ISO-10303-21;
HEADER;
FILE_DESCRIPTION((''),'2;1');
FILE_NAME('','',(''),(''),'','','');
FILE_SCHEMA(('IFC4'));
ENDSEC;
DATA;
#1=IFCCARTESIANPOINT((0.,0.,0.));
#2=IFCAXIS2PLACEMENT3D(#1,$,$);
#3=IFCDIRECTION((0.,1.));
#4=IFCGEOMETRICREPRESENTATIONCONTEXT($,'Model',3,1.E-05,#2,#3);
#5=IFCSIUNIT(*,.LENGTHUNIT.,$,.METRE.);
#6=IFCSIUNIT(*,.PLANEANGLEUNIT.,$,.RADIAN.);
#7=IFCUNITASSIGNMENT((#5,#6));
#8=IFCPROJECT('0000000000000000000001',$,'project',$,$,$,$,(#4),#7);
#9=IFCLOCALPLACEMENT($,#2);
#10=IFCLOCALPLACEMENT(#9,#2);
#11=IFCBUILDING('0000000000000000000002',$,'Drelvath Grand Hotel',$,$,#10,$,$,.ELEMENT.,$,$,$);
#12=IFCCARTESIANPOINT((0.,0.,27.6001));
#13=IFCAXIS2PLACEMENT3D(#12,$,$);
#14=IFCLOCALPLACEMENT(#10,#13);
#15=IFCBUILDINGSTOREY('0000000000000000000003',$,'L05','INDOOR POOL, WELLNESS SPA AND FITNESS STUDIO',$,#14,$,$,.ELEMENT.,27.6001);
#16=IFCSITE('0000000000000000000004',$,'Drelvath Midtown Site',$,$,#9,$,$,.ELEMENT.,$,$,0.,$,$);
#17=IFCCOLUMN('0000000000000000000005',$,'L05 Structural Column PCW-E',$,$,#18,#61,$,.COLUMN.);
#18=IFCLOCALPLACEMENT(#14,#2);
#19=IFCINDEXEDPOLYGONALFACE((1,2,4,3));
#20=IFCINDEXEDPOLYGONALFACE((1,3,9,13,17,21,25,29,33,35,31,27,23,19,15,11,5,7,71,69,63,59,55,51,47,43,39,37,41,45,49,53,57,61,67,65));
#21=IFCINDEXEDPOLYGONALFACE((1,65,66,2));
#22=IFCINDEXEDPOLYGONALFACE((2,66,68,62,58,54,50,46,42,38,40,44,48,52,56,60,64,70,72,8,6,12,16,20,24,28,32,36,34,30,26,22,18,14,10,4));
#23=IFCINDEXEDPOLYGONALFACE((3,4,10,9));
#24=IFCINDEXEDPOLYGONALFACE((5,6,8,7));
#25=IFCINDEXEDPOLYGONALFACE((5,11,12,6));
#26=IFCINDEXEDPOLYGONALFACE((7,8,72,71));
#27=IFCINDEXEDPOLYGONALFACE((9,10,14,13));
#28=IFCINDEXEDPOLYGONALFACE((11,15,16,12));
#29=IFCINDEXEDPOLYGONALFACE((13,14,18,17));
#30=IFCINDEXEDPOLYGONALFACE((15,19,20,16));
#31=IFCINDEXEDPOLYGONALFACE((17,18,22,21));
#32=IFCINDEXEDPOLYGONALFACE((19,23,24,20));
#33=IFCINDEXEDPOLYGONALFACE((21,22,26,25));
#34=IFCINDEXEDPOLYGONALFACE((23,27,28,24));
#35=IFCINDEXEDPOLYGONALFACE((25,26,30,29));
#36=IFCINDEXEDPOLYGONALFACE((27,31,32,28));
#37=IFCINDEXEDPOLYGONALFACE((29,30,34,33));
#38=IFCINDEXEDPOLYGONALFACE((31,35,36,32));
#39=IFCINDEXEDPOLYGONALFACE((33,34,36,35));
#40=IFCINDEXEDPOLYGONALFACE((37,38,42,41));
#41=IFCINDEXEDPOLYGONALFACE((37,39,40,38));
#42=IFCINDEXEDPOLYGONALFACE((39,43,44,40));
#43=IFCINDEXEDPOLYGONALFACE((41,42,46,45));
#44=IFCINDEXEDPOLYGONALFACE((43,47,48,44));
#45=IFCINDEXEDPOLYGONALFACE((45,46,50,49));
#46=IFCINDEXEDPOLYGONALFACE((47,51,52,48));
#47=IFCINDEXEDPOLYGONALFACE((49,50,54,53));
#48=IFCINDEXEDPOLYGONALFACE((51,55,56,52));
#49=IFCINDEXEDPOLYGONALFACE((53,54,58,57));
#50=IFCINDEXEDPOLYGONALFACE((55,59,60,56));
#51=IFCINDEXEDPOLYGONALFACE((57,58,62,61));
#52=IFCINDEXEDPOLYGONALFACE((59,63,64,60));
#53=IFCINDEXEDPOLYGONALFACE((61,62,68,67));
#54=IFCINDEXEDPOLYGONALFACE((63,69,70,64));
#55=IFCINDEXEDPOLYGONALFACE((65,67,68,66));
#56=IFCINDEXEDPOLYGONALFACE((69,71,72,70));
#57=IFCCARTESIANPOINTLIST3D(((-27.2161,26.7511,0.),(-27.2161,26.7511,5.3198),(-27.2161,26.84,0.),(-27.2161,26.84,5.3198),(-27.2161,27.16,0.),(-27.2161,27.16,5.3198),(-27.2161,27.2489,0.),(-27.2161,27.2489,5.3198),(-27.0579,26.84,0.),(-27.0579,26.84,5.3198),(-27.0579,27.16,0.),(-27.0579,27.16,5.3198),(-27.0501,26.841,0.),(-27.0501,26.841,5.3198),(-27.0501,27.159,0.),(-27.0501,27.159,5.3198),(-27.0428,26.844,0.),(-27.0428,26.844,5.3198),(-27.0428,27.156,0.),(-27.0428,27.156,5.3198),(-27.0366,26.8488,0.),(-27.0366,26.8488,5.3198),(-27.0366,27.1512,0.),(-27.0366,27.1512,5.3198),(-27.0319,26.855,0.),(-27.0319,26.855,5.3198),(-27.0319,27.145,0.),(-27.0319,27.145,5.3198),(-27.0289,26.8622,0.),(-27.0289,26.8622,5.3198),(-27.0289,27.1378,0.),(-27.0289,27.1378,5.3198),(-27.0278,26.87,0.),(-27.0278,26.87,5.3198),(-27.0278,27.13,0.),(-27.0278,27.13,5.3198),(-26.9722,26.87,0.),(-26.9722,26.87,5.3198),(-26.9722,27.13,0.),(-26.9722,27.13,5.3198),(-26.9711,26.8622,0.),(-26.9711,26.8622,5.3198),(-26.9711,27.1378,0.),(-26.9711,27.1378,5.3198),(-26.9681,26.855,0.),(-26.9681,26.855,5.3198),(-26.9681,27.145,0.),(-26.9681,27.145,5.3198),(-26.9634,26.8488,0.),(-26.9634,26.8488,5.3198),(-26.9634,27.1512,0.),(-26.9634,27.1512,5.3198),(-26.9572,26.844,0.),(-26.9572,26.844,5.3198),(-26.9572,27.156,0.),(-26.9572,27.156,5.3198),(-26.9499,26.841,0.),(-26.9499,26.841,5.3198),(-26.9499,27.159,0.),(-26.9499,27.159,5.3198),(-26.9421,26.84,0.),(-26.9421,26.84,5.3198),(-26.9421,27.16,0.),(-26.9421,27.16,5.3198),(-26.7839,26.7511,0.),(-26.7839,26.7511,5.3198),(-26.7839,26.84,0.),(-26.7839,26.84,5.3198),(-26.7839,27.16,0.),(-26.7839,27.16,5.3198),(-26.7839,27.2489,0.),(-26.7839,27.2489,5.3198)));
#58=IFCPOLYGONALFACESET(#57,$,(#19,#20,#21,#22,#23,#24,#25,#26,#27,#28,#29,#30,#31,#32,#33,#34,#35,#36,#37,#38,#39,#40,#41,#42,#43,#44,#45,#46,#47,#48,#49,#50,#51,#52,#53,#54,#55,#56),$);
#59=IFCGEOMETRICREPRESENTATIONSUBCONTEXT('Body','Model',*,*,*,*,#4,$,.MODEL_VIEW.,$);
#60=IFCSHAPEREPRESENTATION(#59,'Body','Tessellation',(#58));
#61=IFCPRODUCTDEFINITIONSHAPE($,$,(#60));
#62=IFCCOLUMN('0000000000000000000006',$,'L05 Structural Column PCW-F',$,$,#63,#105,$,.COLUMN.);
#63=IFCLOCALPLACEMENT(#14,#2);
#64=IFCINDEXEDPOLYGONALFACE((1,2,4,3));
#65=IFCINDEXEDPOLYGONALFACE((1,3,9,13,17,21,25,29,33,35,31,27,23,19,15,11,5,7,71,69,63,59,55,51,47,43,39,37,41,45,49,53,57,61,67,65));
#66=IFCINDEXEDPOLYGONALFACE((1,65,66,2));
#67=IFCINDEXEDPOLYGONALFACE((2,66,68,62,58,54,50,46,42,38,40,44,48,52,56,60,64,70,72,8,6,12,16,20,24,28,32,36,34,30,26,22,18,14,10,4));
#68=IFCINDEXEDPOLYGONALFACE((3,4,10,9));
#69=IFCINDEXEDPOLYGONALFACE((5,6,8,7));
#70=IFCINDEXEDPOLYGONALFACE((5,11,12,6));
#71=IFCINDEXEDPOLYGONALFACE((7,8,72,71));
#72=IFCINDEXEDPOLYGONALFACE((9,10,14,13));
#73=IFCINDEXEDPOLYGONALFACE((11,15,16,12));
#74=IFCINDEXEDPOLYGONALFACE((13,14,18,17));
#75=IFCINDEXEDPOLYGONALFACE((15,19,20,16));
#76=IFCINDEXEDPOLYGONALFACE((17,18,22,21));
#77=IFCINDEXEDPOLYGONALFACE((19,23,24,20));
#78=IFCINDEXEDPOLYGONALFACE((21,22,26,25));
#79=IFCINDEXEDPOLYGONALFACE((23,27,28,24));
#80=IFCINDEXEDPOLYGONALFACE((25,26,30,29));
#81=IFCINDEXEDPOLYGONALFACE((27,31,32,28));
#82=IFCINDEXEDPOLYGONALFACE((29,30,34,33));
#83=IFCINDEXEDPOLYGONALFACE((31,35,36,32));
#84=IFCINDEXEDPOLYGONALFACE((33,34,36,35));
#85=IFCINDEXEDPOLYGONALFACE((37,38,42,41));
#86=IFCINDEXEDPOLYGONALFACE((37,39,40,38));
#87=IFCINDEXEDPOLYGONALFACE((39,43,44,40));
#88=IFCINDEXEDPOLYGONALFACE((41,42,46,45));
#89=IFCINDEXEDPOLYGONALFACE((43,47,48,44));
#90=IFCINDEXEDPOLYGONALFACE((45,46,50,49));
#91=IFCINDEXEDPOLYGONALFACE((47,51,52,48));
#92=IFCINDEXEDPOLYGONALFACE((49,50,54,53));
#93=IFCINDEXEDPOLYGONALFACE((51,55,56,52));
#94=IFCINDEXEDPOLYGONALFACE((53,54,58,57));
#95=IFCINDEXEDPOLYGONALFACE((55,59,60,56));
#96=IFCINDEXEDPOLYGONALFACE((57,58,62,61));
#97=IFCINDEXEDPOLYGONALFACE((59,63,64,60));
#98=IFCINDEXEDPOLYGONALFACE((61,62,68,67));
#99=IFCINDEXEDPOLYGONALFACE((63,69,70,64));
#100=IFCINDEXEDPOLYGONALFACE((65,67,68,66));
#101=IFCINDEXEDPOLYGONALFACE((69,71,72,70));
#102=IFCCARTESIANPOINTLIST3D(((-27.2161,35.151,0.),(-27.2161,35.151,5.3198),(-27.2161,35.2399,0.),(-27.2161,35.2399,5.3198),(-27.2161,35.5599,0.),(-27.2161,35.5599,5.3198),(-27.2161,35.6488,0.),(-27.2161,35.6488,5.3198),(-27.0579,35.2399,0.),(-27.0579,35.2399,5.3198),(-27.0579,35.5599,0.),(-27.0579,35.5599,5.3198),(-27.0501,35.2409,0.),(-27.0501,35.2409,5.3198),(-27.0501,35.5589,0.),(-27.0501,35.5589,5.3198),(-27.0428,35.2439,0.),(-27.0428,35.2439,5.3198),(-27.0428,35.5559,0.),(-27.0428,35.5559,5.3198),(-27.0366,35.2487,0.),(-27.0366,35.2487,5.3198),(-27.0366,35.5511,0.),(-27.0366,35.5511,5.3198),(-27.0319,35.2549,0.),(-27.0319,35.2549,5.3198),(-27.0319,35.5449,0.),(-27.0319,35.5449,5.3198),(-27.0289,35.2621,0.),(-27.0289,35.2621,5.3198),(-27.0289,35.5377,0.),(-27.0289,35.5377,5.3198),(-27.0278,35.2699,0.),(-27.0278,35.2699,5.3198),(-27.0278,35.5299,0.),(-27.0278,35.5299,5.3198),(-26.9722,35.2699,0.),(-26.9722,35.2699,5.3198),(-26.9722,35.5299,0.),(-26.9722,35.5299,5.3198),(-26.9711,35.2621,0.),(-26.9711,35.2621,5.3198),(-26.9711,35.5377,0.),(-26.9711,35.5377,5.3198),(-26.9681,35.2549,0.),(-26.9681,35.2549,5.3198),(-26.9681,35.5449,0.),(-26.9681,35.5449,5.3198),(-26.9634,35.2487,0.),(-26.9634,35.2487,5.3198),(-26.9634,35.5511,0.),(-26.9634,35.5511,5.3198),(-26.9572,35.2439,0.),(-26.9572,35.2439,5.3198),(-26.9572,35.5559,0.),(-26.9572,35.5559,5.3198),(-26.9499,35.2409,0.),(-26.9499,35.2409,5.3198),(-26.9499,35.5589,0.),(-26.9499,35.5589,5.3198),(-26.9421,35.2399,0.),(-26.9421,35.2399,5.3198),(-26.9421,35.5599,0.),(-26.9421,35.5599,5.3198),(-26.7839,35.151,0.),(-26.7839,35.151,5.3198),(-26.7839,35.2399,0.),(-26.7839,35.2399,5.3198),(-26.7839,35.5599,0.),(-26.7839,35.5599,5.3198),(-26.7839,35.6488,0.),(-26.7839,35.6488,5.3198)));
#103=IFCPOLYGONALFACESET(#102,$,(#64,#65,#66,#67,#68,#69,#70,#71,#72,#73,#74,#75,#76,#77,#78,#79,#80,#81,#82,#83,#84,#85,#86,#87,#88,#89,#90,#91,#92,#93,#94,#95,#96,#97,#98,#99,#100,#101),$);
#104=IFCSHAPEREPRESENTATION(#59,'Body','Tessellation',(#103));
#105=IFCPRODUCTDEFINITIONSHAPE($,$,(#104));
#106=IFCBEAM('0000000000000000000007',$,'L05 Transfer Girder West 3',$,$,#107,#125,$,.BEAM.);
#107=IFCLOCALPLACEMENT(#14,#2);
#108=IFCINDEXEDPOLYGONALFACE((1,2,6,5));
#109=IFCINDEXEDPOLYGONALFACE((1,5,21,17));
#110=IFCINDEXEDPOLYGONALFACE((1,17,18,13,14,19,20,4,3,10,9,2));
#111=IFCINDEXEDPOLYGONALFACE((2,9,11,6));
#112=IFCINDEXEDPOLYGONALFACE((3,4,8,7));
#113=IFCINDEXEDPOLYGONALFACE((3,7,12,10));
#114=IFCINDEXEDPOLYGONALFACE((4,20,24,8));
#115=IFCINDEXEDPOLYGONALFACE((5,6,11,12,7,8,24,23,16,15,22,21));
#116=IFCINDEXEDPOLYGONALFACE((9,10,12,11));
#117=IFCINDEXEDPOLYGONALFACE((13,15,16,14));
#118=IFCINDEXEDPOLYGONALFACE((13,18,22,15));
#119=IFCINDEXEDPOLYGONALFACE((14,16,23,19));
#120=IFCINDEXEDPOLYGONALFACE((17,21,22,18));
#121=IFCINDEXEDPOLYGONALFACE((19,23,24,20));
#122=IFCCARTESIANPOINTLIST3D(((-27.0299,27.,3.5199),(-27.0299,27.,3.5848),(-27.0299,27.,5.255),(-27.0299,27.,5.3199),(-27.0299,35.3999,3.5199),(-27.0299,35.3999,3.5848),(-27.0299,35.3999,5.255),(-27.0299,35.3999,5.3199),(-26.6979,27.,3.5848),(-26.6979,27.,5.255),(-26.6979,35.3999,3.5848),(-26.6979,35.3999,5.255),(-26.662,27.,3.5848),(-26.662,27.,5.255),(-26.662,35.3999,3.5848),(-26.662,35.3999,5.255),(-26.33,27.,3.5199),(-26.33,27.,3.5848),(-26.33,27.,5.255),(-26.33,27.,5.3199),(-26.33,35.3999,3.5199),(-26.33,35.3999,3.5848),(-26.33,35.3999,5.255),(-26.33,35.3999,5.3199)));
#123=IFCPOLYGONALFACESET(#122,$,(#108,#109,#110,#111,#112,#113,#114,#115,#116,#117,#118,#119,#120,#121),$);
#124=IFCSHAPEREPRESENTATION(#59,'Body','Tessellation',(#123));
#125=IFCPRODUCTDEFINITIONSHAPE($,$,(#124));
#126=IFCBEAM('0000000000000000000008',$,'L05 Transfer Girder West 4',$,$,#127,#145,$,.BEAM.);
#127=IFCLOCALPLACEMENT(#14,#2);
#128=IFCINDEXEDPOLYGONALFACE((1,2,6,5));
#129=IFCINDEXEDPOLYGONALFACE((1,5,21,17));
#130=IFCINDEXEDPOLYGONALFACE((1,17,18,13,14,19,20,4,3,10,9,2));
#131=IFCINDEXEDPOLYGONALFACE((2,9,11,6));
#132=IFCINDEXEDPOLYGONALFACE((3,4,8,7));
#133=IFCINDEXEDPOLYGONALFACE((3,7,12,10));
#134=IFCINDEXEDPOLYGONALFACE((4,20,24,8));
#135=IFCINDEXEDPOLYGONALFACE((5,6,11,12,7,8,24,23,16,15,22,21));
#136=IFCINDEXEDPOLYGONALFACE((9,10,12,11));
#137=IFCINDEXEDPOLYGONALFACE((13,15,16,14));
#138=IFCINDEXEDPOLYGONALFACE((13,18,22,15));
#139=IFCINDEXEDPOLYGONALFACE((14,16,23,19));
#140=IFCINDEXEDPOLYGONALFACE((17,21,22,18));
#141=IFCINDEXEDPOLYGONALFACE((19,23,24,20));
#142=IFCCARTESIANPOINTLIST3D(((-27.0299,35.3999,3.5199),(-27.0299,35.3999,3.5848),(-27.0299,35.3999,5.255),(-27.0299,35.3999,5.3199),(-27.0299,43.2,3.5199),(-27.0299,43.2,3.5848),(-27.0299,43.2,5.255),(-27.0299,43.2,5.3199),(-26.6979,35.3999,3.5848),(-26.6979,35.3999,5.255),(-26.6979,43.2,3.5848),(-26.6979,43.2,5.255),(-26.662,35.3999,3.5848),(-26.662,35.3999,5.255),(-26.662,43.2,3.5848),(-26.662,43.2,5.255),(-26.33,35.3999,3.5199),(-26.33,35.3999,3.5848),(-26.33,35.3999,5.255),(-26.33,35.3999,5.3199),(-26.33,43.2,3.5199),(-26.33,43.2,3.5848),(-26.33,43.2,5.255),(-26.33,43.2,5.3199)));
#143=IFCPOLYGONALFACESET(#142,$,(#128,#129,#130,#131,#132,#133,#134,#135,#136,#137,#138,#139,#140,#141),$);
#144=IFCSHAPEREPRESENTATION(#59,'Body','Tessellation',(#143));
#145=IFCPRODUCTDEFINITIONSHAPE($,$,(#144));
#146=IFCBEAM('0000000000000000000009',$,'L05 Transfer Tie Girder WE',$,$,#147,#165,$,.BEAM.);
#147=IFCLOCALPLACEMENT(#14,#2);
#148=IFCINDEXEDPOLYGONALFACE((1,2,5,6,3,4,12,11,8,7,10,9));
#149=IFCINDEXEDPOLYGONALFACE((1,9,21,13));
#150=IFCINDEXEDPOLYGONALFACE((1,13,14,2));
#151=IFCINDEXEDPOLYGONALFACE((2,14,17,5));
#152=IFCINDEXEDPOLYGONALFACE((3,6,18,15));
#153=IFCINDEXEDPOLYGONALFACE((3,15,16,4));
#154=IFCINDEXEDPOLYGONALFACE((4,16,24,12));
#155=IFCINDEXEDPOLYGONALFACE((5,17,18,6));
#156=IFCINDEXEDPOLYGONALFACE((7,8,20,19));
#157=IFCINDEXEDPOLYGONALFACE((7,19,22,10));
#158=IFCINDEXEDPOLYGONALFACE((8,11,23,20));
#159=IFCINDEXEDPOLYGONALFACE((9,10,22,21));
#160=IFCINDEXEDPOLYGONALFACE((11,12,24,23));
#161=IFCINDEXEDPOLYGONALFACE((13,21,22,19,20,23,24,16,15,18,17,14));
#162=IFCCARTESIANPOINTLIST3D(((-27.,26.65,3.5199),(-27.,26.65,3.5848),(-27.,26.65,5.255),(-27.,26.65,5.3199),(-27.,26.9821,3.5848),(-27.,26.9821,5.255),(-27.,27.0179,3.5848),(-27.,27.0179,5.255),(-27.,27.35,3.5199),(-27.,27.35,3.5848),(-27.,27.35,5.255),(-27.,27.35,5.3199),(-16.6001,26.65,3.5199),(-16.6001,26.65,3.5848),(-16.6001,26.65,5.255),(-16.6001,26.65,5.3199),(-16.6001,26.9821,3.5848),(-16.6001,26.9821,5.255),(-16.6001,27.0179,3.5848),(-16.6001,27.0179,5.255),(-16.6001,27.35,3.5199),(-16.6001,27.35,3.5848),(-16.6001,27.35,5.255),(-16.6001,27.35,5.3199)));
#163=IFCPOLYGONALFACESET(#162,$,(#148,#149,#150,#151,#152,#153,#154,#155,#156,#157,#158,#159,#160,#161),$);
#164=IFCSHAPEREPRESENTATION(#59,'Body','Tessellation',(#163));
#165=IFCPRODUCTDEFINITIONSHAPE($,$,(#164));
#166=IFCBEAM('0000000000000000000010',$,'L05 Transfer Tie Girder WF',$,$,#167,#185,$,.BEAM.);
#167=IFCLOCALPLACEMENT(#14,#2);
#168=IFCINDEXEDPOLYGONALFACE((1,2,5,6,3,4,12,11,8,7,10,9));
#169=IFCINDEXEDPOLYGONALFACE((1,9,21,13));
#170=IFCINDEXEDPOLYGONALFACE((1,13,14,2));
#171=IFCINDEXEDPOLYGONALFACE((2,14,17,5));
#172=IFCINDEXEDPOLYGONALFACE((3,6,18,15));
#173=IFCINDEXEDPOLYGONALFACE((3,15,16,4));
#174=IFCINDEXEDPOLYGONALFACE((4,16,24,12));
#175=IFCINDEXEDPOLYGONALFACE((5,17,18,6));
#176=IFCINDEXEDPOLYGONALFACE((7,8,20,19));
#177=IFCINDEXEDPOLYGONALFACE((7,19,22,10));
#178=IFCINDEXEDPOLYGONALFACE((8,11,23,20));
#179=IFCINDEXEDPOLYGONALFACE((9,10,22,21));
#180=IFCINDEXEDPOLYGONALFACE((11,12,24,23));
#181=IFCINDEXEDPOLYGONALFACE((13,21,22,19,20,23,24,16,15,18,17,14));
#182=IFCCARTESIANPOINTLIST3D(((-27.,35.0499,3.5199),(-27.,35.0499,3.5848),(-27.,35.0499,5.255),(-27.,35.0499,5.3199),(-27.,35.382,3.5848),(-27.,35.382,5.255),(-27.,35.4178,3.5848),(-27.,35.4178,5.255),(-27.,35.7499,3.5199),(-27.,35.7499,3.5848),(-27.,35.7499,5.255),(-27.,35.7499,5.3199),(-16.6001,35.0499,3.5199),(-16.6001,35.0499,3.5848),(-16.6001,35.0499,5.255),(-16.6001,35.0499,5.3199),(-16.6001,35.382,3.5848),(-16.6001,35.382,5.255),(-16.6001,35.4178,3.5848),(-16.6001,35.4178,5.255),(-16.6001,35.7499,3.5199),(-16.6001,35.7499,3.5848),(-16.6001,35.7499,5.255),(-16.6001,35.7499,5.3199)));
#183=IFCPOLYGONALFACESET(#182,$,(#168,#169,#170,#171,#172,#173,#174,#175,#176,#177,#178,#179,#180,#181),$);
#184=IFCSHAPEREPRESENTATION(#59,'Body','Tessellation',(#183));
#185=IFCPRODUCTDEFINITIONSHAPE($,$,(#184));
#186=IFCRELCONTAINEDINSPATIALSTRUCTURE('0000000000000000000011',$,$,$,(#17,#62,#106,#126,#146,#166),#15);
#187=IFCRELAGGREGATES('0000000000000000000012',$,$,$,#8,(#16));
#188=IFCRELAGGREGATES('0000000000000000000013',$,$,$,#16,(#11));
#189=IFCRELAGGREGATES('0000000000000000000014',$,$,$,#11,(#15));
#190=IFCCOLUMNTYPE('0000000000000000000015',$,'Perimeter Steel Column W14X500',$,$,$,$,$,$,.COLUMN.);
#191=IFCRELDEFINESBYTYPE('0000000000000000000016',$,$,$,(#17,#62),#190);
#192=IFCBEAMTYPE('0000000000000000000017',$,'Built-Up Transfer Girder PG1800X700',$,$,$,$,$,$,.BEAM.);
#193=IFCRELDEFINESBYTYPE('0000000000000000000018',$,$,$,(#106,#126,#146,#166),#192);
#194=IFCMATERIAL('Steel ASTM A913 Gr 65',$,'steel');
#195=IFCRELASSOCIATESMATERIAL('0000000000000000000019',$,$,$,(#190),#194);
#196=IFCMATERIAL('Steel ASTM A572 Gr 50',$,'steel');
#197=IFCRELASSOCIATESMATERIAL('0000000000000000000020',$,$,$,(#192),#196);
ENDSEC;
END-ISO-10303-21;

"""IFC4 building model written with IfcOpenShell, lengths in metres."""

from ifc_helpers import new_model, si_unit, direction, frame, origin, origin_2d, place, context, subcontext, project, spatial, i_section, extrude, material, material_profile, profile_set, type_object, element, save


model = new_model("IFC4")

# Units and contexts
model_context = context("Model", 3, precision=1e-05, world=origin(), true_north=direction((0.0, 1.0)))
body_context = subcontext(model_context, "Body", "Model", "MODEL_VIEW")
ifc_project = project(units=[si_unit("LENGTHUNIT", "METRE"), si_unit("PLANEANGLEUNIT", "RADIAN")], contexts=[model_context])

# Site, building, storey
site_placement = place(None, origin())
site = spatial("IfcSite", under=ifc_project, at=site_placement, Name="Drelvath Midtown Site", CompositionType="ELEMENT", RefElevation=0.0)
building_placement = place(site_placement, origin())
building = spatial("IfcBuilding", under=site, at=building_placement, Name="Drelvath Grand Hotel", CompositionType="ELEMENT")
storey_placement = place(building_placement, frame((0.0, 0.0, 27.6001)))
storey = spatial("IfcBuildingStorey", under=building, at=storey_placement, Name="L05", Description="INDOOR POOL, WELLNESS SPA AND FITNESS STUDIO", CompositionType="ELEMENT", Elevation=27.6001)

# Columns
ifc_material_1 = material(Name="Steel ASTM A913 Gr 65", Category="steel")
ifc_material_profile_1 = material_profile(ifc_material_1, i_section(OverallWidth=0.4321, OverallDepth=0.4978, WebThickness=0.0557, FlangeThickness=0.0889, FilletRadius=0.03, at=origin_2d()), Name="W14X500")
ifc_profile_set_1 = profile_set([ifc_material_profile_1], Name="Steel ASTM A913 Gr 65")
column_type = type_object("IfcColumnType", Name="Perimeter Steel Column W14X500", PredefinedType="COLUMN", material=ifc_profile_set_1)
for number, where, z_axis, x_axis, name in (
    (1, (-27.0, 27.0, 0.0), (0.0, 0.0, 1.0), (1.0, 0.0, 0.0), "L05 Structural Column PCW-E"),
    (2, (-27.0, 35.3999, 0.0), (0.0, 0.0, 1.0), (1.0, 0.0, 0.0), "L05 Structural Column PCW-F"),
):
    element("IfcColumn", number, at=place(storey_placement, frame(where, z_axis=z_axis, x_axis=x_axis)), inside=storey, type_object=column_type, Name=name, PredefinedType="COLUMN", context=body_context, shape_type="SweptSolid", body=[
        extrude(i_section(OverallWidth=0.4321, OverallDepth=0.4978, WebThickness=0.0557, FlangeThickness=0.0889, FilletRadius=0.03, at=origin_2d()), origin(), (0.0, 0.0, 1.0), 5.3198),
    ])

# Beams
ifc_material_2 = material(Name="Steel ASTM A572 Gr 50", Category="steel")
ifc_material_profile_2 = material_profile(ifc_material_2, i_section(OverallWidth=0.7, OverallDepth=1.8, WebThickness=0.0359, FlangeThickness=0.0649, at=origin_2d()), Name="PG1800X700")
ifc_profile_set_2 = profile_set([ifc_material_profile_2], Name="Steel ASTM A572 Gr 50")
beam_type_1 = type_object("IfcBeamType", Name="Built-Up Transfer Girder PG1800X700", PredefinedType="BEAM", material=ifc_profile_set_2)
beam_1_placement = place(storey_placement, frame((-26.6799, 27.0, 4.4199), z_axis=(0.0, 1.0, 0.0), x_axis=(-1.0, 0.0, 0.0)))
element("IfcBeam", 3, at=beam_1_placement, inside=storey, type_object=beam_type_1, Name="L05 Transfer Girder West 3", PredefinedType="BEAM", context=body_context, shape_type="SweptSolid", body=[
    extrude(i_section(OverallWidth=0.7, OverallDepth=1.8, WebThickness=0.0359, FlangeThickness=0.0649, at=origin_2d()), origin(), (0.0, 0.0, 1.0), 8.3999),
])
beam_2_placement = place(storey_placement, frame((-26.6799, 35.3999, 4.4199), z_axis=(0.0, 1.0, 0.0), x_axis=(-1.0, 0.0, 0.0)))
element("IfcBeam", 4, at=beam_2_placement, inside=storey, type_object=beam_type_1, Name="L05 Transfer Girder West 4", PredefinedType="BEAM", context=body_context, shape_type="SweptSolid", body=[
    extrude(i_section(OverallWidth=0.7, OverallDepth=1.8, WebThickness=0.0359, FlangeThickness=0.0649, at=origin_2d()), origin(), (0.0, 0.0, 1.0), 7.8),
])
for number, where, z_axis, x_axis, name in (
    (5, (-27.0, 27.0, 4.4199), (1.0, 0.0, 0.0), (0.0, 1.0, 0.0), "L05 Transfer Tie Girder WE"),
    (6, (-27.0, 35.3999, 4.4199), (1.0, 0.0, 0.0), (0.0, 1.0, 0.0), "L05 Transfer Tie Girder WF"),
):
    element("IfcBeam", number, at=place(storey_placement, frame(where, z_axis=z_axis, x_axis=x_axis)), inside=storey, type_object=beam_type_1, Name=name, PredefinedType="BEAM", context=body_context, shape_type="SweptSolid", body=[
        extrude(i_section(OverallWidth=0.7, OverallDepth=1.8, WebThickness=0.0359, FlangeThickness=0.0649, at=origin_2d()), origin(), (0.0, 0.0, 1.0), 10.3999),
    ])

save(model, "model.ifc")
